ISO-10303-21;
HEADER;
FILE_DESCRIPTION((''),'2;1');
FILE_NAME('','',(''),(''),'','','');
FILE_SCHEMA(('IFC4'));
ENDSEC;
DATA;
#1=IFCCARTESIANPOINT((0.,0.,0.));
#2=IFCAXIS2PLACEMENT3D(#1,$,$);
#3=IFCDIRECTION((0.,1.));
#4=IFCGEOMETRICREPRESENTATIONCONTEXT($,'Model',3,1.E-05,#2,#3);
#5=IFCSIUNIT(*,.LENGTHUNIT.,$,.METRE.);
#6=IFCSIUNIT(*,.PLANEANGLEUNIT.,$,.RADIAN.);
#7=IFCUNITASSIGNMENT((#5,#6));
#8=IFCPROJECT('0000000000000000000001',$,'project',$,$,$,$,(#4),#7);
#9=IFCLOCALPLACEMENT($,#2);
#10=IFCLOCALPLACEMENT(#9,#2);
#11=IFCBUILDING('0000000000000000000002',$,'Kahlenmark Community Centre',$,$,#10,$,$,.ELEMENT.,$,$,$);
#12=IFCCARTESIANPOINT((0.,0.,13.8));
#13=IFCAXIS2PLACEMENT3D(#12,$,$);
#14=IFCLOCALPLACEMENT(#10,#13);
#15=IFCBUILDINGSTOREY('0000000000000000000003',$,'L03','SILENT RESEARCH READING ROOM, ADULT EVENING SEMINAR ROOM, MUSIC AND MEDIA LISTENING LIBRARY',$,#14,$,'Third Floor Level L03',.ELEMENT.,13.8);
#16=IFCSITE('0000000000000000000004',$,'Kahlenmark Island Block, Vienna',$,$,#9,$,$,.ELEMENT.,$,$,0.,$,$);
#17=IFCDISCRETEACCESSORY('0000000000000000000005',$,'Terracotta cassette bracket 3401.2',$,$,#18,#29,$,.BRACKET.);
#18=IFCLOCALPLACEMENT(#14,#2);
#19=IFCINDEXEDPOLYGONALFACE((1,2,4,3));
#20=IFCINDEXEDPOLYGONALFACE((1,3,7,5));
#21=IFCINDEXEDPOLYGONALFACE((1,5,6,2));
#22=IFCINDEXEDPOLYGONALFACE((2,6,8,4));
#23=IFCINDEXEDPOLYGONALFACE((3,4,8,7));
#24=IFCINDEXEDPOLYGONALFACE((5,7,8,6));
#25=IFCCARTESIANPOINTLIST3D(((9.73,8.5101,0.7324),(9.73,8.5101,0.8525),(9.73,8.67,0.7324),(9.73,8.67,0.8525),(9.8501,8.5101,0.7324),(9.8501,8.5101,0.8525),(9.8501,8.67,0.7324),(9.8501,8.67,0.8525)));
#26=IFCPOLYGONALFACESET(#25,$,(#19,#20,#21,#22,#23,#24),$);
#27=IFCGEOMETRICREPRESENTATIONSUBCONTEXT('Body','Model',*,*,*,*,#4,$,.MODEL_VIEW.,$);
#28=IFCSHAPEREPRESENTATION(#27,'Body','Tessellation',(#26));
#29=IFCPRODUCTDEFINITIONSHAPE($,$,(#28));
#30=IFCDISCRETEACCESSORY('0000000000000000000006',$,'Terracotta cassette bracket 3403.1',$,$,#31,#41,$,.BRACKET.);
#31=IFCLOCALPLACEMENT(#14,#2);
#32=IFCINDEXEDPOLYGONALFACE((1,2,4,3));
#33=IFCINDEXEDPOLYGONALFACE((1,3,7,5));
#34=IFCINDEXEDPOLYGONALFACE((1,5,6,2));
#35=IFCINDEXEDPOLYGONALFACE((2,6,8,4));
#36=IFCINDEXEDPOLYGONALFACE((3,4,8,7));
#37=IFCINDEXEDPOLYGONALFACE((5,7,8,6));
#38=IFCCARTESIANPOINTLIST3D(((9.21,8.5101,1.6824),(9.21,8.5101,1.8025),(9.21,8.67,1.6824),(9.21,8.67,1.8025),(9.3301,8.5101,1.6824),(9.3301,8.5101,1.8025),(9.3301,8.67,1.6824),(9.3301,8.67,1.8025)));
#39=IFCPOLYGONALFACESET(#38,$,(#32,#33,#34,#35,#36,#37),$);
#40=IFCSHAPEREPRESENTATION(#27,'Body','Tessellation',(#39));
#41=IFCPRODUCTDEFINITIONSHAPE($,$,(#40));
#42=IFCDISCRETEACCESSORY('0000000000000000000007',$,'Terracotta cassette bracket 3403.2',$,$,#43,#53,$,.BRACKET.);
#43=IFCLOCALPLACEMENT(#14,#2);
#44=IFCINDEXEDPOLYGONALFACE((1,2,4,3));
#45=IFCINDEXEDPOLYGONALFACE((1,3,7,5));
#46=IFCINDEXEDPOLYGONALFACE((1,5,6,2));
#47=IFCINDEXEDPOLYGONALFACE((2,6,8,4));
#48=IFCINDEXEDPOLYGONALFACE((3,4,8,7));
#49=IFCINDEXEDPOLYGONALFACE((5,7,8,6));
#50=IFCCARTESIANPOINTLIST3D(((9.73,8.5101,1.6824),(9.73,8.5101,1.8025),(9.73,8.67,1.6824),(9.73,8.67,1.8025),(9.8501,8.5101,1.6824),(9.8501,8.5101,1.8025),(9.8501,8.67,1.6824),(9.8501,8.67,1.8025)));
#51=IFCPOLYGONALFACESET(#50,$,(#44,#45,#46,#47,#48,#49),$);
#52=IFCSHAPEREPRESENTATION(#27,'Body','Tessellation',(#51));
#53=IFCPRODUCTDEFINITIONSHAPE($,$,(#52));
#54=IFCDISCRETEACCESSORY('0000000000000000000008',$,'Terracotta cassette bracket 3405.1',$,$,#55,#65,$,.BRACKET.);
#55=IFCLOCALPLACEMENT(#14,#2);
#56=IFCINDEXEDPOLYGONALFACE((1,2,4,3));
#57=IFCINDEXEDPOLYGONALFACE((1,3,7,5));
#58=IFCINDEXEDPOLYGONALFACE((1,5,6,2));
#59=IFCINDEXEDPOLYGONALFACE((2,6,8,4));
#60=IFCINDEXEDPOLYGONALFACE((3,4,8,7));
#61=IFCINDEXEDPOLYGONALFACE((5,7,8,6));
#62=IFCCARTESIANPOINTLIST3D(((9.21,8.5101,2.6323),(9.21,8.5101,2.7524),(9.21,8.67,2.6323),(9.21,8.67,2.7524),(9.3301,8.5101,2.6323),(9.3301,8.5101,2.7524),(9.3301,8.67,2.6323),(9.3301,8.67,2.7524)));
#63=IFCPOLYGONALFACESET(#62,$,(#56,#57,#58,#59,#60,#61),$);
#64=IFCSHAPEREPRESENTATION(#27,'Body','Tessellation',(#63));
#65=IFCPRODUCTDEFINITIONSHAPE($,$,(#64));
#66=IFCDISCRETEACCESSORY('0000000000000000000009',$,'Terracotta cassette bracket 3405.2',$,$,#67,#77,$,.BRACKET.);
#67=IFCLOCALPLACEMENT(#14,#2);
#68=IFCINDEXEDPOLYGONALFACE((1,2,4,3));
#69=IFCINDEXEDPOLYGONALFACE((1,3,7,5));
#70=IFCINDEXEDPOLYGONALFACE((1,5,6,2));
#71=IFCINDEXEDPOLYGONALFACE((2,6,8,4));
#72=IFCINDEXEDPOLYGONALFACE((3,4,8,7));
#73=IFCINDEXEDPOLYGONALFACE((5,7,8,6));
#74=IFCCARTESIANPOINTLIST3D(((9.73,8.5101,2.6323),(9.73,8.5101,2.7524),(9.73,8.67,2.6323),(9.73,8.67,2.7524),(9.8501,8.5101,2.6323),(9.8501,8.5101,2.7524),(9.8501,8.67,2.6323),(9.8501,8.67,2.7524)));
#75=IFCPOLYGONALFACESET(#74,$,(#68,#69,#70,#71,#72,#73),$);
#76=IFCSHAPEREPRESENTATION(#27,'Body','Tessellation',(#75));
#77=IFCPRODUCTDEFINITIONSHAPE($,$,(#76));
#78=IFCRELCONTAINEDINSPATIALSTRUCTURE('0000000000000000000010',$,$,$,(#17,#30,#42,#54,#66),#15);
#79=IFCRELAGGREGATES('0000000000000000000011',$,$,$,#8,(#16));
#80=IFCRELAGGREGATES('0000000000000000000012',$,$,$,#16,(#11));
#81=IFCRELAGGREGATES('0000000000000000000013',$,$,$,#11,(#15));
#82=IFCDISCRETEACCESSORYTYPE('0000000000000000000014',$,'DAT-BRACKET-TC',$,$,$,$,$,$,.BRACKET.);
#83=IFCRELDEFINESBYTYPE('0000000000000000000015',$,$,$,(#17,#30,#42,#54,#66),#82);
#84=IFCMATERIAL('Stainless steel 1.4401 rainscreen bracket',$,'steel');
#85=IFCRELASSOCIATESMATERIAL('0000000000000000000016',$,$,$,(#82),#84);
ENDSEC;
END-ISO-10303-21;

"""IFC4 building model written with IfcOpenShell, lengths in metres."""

from ifc_helpers import new_model, si_unit, direction, frame, origin, origin_2d, place, context, subcontext, project, spatial, rectangle, extrude, material, type_object, element, save


model = new_model("IFC4")

# Units and contexts
model_context = context("Model", 3, precision=1e-05, world=origin(), true_north=direction((0.0, 1.0)))
body_context = subcontext(model_context, "Body", "Model", "MODEL_VIEW")
ifc_project = project(units=[si_unit("LENGTHUNIT", "METRE"), si_unit("PLANEANGLEUNIT", "RADIAN")], contexts=[model_context])

# Site, building, storey
site_placement = place(None, origin())
site = spatial("IfcSite", under=ifc_project, at=site_placement, Name="Kahlenmark Island Block, Vienna", CompositionType="ELEMENT", RefElevation=0.0)
building_placement = place(site_placement, origin())
building = spatial("IfcBuilding", under=site, at=building_placement, Name="Kahlenmark Community Centre", CompositionType="ELEMENT")
storey_placement = place(building_placement, frame((0.0, 0.0, 13.8)))
storey = spatial("IfcBuildingStorey", under=building, at=storey_placement, Name="L03", Description="SILENT RESEARCH READING ROOM, ADULT EVENING SEMINAR ROOM, MUSIC AND MEDIA LISTENING LIBRARY", LongName="Third Floor Level L03", CompositionType="ELEMENT", Elevation=13.8)

# Discrete accessories
ifc_material_1 = material(Name="Stainless steel 1.4401 rainscreen bracket", Category="steel")
discrete_accessory_type = type_object("IfcDiscreteAccessoryType", Name="DAT-BRACKET-TC", PredefinedType="BRACKET", material=ifc_material_1)
for number, where, z_axis, x_axis, name in (
    (1, (9.79, 8.5901, 0.7324), (0.0, 0.0, 1.0), (1.0, 0.0, 0.0), "Terracotta cassette bracket 3401.2"),
    (2, (9.27, 8.5901, 1.6824), (0.0, 0.0, 1.0), (1.0, 0.0, 0.0), "Terracotta cassette bracket 3403.1"),
    (3, (9.79, 8.5901, 1.6824), (0.0, 0.0, 1.0), (1.0, 0.0, 0.0), "Terracotta cassette bracket 3403.2"),
    (4, (9.27, 8.5901, 2.6323), (0.0, 0.0, 1.0), (1.0, 0.0, 0.0), "Terracotta cassette bracket 3405.1"),
    (5, (9.79, 8.5901, 2.6323), (0.0, 0.0, 1.0), (1.0, 0.0, 0.0), "Terracotta cassette bracket 3405.2"),
):
    element("IfcDiscreteAccessory", number, at=place(storey_placement, frame(where, z_axis=z_axis, x_axis=x_axis)), inside=storey, type_object=discrete_accessory_type, Name=name, PredefinedType="BRACKET", context=body_context, shape_type="SweptSolid", body=[
        extrude(rectangle(XDim=0.1201, YDim=0.1599, at=origin_2d()), origin(), (0.0, 0.0, 1.0), 0.1201),
    ])

save(model, "model.ifc")
